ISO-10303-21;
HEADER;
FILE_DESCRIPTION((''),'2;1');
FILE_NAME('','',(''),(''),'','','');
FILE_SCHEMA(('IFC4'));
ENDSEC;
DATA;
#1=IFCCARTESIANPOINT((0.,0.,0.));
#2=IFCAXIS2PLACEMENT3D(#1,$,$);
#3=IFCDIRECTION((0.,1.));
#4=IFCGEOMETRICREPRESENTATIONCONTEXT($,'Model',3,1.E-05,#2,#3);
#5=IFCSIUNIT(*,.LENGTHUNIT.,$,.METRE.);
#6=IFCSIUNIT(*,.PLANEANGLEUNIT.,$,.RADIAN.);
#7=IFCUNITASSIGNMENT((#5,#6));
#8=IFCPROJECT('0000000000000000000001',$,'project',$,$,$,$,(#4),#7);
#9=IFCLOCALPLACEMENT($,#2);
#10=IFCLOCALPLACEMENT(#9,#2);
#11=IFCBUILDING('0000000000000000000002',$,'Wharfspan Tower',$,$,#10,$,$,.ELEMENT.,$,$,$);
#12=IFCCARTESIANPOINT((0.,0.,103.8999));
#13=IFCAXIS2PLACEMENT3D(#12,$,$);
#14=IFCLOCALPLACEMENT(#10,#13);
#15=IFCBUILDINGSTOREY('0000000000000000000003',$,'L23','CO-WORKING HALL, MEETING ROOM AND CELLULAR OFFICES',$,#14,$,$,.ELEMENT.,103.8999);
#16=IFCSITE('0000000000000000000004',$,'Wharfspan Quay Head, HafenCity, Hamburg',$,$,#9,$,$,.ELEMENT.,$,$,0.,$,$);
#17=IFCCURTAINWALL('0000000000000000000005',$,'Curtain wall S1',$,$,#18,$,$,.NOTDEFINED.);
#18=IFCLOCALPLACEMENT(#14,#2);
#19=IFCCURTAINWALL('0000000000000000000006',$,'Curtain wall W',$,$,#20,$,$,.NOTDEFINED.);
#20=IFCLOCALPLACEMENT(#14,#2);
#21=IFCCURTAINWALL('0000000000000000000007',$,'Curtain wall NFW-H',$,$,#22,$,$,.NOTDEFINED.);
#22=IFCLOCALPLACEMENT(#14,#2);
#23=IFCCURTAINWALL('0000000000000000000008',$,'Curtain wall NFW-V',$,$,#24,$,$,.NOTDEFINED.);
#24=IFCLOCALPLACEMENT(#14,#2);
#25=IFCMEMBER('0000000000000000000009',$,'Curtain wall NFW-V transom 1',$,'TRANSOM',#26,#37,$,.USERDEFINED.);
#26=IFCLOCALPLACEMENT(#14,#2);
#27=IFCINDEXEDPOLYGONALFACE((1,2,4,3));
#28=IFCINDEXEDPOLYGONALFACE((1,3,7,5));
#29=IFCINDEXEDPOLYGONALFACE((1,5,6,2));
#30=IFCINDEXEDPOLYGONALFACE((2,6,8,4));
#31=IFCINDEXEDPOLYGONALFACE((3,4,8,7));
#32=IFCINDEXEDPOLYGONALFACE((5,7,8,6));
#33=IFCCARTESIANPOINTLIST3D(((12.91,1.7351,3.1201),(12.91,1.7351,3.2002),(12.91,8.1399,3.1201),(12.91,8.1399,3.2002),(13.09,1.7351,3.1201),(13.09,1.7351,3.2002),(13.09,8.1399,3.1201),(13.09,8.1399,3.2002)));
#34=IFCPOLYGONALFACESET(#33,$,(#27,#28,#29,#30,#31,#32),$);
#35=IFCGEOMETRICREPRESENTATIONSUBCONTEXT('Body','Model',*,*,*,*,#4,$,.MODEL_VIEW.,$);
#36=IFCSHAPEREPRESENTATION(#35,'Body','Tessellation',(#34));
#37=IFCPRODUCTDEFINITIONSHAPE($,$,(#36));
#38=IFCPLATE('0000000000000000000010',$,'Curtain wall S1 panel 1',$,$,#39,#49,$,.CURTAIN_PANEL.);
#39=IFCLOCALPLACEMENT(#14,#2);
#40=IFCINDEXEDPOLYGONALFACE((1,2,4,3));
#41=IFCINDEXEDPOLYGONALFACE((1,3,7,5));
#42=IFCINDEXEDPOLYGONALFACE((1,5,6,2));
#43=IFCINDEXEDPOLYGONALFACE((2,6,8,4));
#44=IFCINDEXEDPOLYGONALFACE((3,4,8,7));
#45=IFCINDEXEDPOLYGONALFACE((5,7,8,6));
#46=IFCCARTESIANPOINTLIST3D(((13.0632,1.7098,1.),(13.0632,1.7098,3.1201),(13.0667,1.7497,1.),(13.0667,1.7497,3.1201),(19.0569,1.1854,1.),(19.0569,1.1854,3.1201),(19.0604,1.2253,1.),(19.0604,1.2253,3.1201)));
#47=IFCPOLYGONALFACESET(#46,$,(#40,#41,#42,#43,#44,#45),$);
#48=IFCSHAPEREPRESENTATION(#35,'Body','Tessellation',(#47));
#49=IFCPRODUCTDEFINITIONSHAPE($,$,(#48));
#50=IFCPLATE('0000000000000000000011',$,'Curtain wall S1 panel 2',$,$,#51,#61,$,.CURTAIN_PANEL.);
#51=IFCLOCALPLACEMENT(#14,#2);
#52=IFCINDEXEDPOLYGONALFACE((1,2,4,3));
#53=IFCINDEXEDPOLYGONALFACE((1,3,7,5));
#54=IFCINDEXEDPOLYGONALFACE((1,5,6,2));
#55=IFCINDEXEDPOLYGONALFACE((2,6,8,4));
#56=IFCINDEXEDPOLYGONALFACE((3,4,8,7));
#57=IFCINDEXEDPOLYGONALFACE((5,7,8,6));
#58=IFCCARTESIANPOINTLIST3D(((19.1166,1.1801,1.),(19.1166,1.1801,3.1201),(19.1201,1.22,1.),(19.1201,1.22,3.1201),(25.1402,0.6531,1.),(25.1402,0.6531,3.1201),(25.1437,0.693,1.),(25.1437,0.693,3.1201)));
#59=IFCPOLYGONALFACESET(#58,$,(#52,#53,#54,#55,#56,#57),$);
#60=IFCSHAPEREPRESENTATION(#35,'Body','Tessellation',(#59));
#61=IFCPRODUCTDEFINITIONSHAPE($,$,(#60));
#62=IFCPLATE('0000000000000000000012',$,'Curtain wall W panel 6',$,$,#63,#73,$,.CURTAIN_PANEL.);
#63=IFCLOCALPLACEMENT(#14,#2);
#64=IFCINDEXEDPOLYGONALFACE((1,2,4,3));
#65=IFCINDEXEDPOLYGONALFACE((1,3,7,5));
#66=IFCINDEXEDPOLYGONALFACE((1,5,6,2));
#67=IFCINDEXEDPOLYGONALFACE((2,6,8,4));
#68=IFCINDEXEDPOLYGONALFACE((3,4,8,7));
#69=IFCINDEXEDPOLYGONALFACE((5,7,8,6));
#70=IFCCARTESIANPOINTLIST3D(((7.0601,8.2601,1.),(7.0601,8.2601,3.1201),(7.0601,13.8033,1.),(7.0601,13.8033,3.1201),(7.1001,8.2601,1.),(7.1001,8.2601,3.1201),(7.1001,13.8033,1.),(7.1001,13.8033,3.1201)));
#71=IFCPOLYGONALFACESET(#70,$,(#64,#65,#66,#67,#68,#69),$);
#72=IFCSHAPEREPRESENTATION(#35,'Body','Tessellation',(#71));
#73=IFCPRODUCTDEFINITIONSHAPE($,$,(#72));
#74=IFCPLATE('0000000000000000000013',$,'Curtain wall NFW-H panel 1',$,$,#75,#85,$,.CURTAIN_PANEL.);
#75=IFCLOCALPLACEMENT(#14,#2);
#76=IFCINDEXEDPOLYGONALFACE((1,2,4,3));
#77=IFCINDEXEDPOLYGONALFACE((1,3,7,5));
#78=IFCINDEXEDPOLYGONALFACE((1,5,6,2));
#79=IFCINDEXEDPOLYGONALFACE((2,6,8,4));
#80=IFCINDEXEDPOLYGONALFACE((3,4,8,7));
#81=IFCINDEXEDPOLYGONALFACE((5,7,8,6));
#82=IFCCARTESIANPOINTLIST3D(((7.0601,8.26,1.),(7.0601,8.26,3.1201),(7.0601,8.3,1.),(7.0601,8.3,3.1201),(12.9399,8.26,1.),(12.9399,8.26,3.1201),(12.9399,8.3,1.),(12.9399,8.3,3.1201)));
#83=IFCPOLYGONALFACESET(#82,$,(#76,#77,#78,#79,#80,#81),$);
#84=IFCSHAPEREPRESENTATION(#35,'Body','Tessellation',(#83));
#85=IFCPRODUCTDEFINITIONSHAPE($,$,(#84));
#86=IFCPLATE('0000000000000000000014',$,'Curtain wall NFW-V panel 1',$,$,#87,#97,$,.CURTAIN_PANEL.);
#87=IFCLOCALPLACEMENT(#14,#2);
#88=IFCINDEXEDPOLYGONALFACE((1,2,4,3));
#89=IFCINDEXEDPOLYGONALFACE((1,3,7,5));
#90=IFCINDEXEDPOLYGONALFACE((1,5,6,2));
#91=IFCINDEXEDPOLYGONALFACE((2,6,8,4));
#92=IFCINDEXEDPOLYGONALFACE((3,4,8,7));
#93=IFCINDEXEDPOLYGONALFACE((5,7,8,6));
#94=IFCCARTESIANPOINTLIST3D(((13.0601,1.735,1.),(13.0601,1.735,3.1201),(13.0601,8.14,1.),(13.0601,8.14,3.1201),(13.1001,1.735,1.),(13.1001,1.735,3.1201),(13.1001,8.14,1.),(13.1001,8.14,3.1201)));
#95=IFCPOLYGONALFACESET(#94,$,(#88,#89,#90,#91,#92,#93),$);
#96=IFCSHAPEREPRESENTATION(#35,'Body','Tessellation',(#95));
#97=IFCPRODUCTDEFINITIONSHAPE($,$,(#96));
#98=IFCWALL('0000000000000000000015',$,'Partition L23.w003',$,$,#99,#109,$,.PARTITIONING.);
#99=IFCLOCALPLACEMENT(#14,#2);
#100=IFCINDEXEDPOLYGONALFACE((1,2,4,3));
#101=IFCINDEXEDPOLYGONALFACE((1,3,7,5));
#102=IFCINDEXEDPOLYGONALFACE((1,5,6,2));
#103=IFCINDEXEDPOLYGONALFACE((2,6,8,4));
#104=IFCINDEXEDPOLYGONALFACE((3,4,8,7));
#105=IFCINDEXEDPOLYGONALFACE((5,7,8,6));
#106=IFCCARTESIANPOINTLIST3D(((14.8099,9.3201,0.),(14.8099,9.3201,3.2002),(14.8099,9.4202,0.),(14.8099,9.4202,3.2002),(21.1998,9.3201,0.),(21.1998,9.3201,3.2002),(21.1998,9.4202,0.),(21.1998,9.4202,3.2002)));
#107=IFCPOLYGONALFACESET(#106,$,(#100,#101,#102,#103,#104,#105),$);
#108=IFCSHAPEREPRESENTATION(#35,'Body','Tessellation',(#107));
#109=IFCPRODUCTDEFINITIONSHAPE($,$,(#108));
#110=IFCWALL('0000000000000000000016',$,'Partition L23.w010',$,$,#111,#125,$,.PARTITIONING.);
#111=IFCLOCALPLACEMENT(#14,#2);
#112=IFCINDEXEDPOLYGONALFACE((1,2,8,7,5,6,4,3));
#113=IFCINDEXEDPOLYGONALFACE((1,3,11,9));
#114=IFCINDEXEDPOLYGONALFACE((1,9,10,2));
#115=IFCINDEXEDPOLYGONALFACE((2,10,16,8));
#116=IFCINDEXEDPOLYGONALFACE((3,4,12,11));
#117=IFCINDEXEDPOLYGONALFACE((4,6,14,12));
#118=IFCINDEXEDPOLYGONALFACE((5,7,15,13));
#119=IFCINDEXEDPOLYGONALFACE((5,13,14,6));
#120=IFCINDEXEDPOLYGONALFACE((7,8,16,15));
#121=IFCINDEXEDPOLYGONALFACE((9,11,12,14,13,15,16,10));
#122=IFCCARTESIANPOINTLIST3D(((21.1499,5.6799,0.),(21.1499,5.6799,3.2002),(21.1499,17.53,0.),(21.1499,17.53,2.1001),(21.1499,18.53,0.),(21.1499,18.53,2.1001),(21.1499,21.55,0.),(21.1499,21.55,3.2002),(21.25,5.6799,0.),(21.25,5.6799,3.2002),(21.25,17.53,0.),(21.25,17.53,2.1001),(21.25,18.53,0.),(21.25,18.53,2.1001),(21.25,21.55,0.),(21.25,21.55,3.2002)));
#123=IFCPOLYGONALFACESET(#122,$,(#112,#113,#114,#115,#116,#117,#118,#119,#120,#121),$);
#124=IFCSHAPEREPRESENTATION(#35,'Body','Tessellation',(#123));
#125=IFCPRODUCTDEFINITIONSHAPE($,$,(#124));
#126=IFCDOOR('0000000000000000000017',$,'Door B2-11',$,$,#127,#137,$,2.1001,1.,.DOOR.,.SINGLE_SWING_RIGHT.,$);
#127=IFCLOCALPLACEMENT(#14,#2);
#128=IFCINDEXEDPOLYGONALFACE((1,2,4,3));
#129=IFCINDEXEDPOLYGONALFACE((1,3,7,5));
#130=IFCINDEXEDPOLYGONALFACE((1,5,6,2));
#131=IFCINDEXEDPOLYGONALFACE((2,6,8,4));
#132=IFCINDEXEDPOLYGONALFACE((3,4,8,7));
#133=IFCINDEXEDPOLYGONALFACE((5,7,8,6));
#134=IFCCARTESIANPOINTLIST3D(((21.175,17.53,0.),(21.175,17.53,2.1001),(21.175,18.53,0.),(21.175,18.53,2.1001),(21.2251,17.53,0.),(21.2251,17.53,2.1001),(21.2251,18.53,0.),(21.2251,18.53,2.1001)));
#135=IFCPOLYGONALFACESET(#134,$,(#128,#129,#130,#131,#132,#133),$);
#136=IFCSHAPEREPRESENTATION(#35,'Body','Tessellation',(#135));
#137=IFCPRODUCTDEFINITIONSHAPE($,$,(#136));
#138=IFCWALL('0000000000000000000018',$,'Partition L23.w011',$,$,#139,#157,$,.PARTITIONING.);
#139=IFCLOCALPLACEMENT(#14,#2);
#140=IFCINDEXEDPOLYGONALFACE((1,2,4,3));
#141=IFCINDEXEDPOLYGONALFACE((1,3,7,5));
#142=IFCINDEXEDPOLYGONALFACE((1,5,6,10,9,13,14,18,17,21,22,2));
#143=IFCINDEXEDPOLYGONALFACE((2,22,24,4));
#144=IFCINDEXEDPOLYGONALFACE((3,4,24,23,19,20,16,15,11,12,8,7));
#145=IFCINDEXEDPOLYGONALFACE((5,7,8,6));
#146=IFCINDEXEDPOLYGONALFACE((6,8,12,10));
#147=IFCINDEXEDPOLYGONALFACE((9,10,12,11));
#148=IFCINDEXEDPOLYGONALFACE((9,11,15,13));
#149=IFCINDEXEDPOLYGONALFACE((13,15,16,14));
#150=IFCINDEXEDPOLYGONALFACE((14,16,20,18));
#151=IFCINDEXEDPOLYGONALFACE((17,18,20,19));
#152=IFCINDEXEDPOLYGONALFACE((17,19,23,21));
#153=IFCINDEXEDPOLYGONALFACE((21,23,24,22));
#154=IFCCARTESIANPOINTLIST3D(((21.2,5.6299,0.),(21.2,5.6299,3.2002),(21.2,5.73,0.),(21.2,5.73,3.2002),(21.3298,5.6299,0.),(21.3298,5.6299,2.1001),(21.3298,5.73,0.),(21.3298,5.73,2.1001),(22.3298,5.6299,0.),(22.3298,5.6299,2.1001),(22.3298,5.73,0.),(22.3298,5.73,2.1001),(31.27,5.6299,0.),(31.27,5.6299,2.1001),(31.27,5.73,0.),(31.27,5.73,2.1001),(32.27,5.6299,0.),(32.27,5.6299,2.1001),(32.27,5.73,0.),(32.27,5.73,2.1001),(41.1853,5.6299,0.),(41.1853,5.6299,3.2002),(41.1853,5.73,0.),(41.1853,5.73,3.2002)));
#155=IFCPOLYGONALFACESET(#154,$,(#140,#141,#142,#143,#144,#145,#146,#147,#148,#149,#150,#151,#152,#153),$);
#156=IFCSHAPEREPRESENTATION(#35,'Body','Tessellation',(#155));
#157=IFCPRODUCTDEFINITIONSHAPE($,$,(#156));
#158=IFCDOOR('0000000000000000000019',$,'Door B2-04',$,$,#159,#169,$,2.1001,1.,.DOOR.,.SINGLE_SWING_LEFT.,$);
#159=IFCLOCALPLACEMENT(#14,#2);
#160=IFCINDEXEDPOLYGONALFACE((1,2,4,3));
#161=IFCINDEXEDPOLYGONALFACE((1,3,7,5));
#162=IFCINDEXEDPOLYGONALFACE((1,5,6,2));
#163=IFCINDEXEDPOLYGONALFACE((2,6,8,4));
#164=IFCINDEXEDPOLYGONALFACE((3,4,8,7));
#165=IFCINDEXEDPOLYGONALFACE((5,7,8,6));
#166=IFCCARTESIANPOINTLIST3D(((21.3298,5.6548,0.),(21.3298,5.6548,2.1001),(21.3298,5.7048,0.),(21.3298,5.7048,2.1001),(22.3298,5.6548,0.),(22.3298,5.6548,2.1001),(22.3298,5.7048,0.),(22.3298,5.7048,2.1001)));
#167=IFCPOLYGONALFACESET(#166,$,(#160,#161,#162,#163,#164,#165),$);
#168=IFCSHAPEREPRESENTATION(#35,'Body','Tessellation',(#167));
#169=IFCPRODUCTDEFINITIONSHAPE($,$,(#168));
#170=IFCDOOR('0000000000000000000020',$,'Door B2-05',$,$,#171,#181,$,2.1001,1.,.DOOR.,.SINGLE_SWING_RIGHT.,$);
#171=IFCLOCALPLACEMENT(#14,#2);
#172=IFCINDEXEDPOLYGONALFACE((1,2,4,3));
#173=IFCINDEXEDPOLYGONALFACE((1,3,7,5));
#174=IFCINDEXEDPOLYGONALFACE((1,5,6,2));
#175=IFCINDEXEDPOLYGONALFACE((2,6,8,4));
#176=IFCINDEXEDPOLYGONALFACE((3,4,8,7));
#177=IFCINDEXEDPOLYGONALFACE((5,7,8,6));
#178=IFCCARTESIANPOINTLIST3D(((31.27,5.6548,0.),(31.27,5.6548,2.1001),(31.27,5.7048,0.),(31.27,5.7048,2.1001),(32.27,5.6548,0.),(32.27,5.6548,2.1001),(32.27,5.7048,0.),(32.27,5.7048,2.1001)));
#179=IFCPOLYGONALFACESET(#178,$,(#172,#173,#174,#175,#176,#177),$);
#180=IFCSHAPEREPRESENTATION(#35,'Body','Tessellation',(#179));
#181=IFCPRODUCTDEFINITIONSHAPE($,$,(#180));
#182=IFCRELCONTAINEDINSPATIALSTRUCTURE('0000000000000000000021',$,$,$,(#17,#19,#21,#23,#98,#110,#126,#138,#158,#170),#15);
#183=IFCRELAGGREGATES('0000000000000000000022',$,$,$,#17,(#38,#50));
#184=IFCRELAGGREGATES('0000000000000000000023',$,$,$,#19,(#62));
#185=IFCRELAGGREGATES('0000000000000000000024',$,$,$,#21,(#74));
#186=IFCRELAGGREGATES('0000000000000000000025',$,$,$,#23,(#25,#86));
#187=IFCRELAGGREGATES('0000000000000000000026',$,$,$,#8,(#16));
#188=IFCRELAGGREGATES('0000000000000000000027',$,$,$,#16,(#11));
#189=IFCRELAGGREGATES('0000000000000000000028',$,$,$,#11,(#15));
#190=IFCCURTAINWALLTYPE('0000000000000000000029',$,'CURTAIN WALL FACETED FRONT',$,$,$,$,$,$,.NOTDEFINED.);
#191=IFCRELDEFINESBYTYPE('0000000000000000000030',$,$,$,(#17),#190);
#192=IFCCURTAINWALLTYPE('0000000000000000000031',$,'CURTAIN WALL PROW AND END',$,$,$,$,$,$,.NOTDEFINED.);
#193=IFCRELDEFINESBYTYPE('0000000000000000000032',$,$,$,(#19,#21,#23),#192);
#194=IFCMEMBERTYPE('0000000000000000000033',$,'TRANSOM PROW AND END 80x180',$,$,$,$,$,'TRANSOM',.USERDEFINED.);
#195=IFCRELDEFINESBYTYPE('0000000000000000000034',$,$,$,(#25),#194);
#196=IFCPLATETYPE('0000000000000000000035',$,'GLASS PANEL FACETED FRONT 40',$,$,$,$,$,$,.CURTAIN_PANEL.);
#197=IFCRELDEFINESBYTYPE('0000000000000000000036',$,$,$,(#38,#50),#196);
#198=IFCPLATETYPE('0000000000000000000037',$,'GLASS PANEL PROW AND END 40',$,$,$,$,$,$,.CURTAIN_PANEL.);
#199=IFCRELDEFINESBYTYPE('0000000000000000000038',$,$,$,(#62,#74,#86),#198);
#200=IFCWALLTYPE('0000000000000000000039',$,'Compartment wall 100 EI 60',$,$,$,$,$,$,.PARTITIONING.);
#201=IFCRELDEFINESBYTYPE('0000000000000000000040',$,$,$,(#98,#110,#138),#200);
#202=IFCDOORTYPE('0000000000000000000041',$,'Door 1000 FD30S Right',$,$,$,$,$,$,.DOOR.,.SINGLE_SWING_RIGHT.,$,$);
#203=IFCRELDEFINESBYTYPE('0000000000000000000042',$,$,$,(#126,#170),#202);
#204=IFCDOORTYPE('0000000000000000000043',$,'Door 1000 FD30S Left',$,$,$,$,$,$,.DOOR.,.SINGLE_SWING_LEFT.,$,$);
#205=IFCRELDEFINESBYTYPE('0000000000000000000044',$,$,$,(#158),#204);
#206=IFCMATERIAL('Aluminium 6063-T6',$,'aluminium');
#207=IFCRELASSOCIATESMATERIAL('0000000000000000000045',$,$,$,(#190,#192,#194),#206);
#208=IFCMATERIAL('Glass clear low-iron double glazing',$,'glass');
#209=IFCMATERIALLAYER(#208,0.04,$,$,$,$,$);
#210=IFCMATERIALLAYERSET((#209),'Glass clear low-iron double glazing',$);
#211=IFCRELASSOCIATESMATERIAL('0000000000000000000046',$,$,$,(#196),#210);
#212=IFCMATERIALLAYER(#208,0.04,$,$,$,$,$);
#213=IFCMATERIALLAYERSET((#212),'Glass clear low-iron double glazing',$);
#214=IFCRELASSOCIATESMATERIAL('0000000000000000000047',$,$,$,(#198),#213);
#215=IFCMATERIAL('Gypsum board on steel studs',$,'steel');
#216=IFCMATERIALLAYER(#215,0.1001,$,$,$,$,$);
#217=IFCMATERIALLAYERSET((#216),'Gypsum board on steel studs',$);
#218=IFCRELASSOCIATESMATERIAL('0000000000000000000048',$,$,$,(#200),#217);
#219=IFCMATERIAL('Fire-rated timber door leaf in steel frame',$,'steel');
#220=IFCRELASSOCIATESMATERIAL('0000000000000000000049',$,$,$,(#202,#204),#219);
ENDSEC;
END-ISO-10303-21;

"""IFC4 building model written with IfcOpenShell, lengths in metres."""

from ifc_helpers import new_model, si_unit, direction, frame, frame_2d, origin, origin_2d, place, context, subcontext, project, spatial, rectangle, extrude, material, layer, layer_set, material_profile, profile_set, type_object, element, fill, aggregate, save


model = new_model("IFC4")

# Units and contexts
model_context = context("Model", 3, precision=1e-05, world=origin(), true_north=direction((0.0, 1.0)))
body_context = subcontext(model_context, "Body", "Model", "MODEL_VIEW")
ifc_project = project(units=[si_unit("LENGTHUNIT", "METRE"), si_unit("PLANEANGLEUNIT", "RADIAN")], contexts=[model_context])

# Site, building, storey
site_placement = place(None, origin())
site = spatial("IfcSite", under=ifc_project, at=site_placement, Name="Wharfspan Quay Head, HafenCity, Hamburg", CompositionType="ELEMENT", RefElevation=0.0)
building_placement = place(site_placement, origin())
building = spatial("IfcBuilding", under=site, at=building_placement, Name="Wharfspan Tower", CompositionType="ELEMENT")
storey_placement = place(building_placement, frame((0.0, 0.0, 103.8999)))
storey = spatial("IfcBuildingStorey", under=building, at=storey_placement, Name="L23", Description="CO-WORKING HALL, MEETING ROOM AND CELLULAR OFFICES", CompositionType="ELEMENT", Elevation=103.8999)

# Curtain wall
ifc_material_1 = material(Name="Aluminium 6063-T6", Category="aluminium")
curtain_wall_type_1 = type_object("IfcCurtainWallType", Name="CURTAIN WALL FACETED FRONT", PredefinedType="NOTDEFINED", material=ifc_material_1)
curtain_wall_1_placement = place(storey_placement, origin())
curtain_wall_1 = element("IfcCurtainWall", 1, at=curtain_wall_1_placement, inside=storey, type_object=curtain_wall_type_1, Name="Curtain wall S1", PredefinedType="NOTDEFINED")

# Curtain wall
curtain_wall_type_2 = type_object("IfcCurtainWallType", Name="CURTAIN WALL PROW AND END", PredefinedType="NOTDEFINED", material=ifc_material_1)
curtain_wall_2_placement = place(storey_placement, origin())
curtain_wall_2 = element("IfcCurtainWall", 2, at=curtain_wall_2_placement, inside=storey, type_object=curtain_wall_type_2, Name="Curtain wall W", PredefinedType="NOTDEFINED")

# Curtain walls
curtain_wall_3_placement = place(storey_placement, origin())
curtain_wall_3 = element("IfcCurtainWall", 3, at=curtain_wall_3_placement, inside=storey, type_object=curtain_wall_type_2, Name="Curtain wall NFW-H", PredefinedType="NOTDEFINED")
curtain_wall_4_placement = place(storey_placement, origin())
curtain_wall_4 = element("IfcCurtainWall", 4, at=curtain_wall_4_placement, inside=storey, type_object=curtain_wall_type_2, Name="Curtain wall NFW-V", PredefinedType="NOTDEFINED")

# Member
ifc_material_profile_1 = material_profile(ifc_material_1, rectangle(XDim=0.1799, YDim=0.0801, at=origin_2d()))
ifc_profile_set_1 = profile_set([ifc_material_profile_1], Name="Aluminium 6063-T6")
member_type_1 = type_object("IfcMemberType", Name="TRANSOM PROW AND END 80x180", ElementType="TRANSOM", PredefinedType="USERDEFINED", material=ifc_profile_set_1)
member_1_placement = place(storey_placement, frame((13.0, 8.1399, 3.1602), z_axis=(0.0, -1.0, 0.0), x_axis=(1.0, 0.0, 0.0)))
member_1 = element("IfcMember", 5, at=member_1_placement, type_object=member_type_1, Name="Curtain wall NFW-V transom 1", ObjectType="TRANSOM", PredefinedType="USERDEFINED", context=body_context, shape_type="SweptSolid", body=[
    extrude(rectangle(XDim=0.1799, YDim=0.0801, at=origin_2d()), origin(), (0.0, 0.0, 1.0), 6.4048),
])

# Plates
ifc_material_2 = material(Name="Glass clear low-iron double glazing", Category="glass")
ifc_layer_1 = layer(ifc_material_2, 0.04)
ifc_layer_set_1 = layer_set([ifc_layer_1], Name="Glass clear low-iron double glazing")
plate_type_1 = type_object("IfcPlateType", Name="GLASS PANEL FACETED FRONT 40", PredefinedType="CURTAIN_PANEL", material=ifc_layer_set_1)
plate_1_placement = place(storey_placement, frame((16.0618, 1.4675, 1.0), z_axis=(0.0, 0.0, 1.0), x_axis=(0.996198, -0.087156, 0.0)))
plate_1 = element("IfcPlate", 6, at=plate_1_placement, type_object=plate_type_1, Name="Curtain wall S1 panel 1", PredefinedType="CURTAIN_PANEL", context=body_context, shape_type="SweptSolid", body=[
    extrude(rectangle(XDim=6.0166, YDim=0.04, at=origin_2d()), origin(), (0.0, 0.0, 1.0), 2.1201),
])
plate_2_placement = place(storey_placement, frame((22.1301, 0.9365, 1.0), z_axis=(0.0, 0.0, 1.0), x_axis=(0.996198, -0.087156, 0.0)))
plate_2 = element("IfcPlate", 7, at=plate_2_placement, type_object=plate_type_1, Name="Curtain wall S1 panel 2", PredefinedType="CURTAIN_PANEL", context=body_context, shape_type="SweptSolid", body=[
    extrude(rectangle(XDim=6.0466, YDim=0.04, at=origin_2d()), origin(), (0.0, 0.0, 1.0), 2.1201),
])
aggregate(curtain_wall_1, [plate_1, plate_2])
ifc_layer_2 = layer(ifc_material_2, 0.04)
ifc_layer_set_2 = layer_set([ifc_layer_2], Name="Glass clear low-iron double glazing")
plate_type_2 = type_object("IfcPlateType", Name="GLASS PANEL PROW AND END 40", PredefinedType="CURTAIN_PANEL", material=ifc_layer_set_2)
plate_3_placement = place(storey_placement, frame((7.0801, 11.0317, 1.0), z_axis=(0.0, 0.0, 1.0), x_axis=(0.0, -1.0, 0.0)))
plate_3 = element("IfcPlate", 8, at=plate_3_placement, type_object=plate_type_2, Name="Curtain wall W panel 6", PredefinedType="CURTAIN_PANEL", context=body_context, shape_type="SweptSolid", body=[
    extrude(rectangle(XDim=5.5432, YDim=0.04, at=origin_2d()), origin(), (0.0, 0.0, 1.0), 2.1201),
])
aggregate(curtain_wall_2, [plate_3])
plate_4_placement = place(storey_placement, frame((10.0, 8.28, 1.0), z_axis=(0.0, 0.0, 1.0), x_axis=(1.0, 0.0, 0.0)))
plate_4 = element("IfcPlate", 9, at=plate_4_placement, type_object=plate_type_2, Name="Curtain wall NFW-H panel 1", PredefinedType="CURTAIN_PANEL", context=body_context, shape_type="SweptSolid", body=[
    extrude(rectangle(XDim=5.8799, YDim=0.04, at=origin_2d()), origin(), (0.0, 0.0, 1.0), 2.1201),
])
aggregate(curtain_wall_3, [plate_4])
plate_5_placement = place(storey_placement, frame((13.0801, 4.9375, 1.0), z_axis=(0.0, 0.0, 1.0), x_axis=(0.0, -1.0, 0.0)))
plate_5 = element("IfcPlate", 10, at=plate_5_placement, type_object=plate_type_2, Name="Curtain wall NFW-V panel 1", PredefinedType="CURTAIN_PANEL", context=body_context, shape_type="SweptSolid", body=[
    extrude(rectangle(XDim=6.405, YDim=0.04, at=origin_2d()), origin(), (0.0, 0.0, 1.0), 2.1201),
])
aggregate(curtain_wall_4, [member_1, plate_5])

# Wall
ifc_material_3 = material(Name="Gypsum board on steel studs", Category="steel")
ifc_layer_3 = layer(ifc_material_3, 0.1001)
ifc_layer_set_3 = layer_set([ifc_layer_3], Name="Gypsum board on steel studs")
wall_type_1 = type_object("IfcWallType", Name="Compartment wall 100 EI 60", PredefinedType="PARTITIONING", material=ifc_layer_set_3)
wall_1_placement = place(storey_placement, frame((14.8101, 9.3701, 0.0), z_axis=(0.0, 0.0, 1.0), x_axis=(1.0, 0.0, 0.0)))
element("IfcWall", 11, at=wall_1_placement, inside=storey, type_object=wall_type_1, Name="Partition L23.w003", PredefinedType="PARTITIONING", context=body_context, shape_type="SweptSolid", body=[
    extrude(rectangle(XDim=6.3899, YDim=0.1001, at=frame_2d((3.1948, 0.0))), origin(), (0.0, 0.0, 1.0), 3.2002),
])

# Wall, opening, door
wall_2_placement = place(storey_placement, frame((21.2, 5.6799, 0.0), z_axis=(0.0, 0.0, 1.0), x_axis=(0.0, 1.0, 0.0)))
wall_2 = element("IfcWall", 12, at=wall_2_placement, inside=storey, type_object=wall_type_1, Name="Partition L23.w010", PredefinedType="PARTITIONING", context=body_context, shape_type="SweptSolid", body=[
    extrude(rectangle(XDim=15.8701, YDim=0.1001, at=frame_2d((7.9351, 0.0))), origin(), (0.0, 0.0, 1.0), 3.2002),
])
opening_1_placement = place(wall_2_placement, frame((11.8501, 0.0, 0.0)))
opening_1 = element("IfcOpeningElement", 13, at=opening_1_placement, cuts=wall_2, PredefinedType="OPENING", context=body_context, shape_type="SweptSolid", body=[
    extrude(rectangle(XDim=1.0, YDim=2.1001, at=frame_2d((0.5, 1.05))), frame((0.0, 0.0601, 0.0), z_axis=(0.0, -1.0, 0.0), x_axis=(1.0, 0.0, 0.0)), (0.0, 0.0, 1.0), 0.1201),
])
ifc_material_4 = material(Name="Fire-rated timber door leaf in steel frame", Category="steel")
door_type_1 = type_object("IfcDoorType", Name="Door 1000 FD30S Right", OperationType="SINGLE_SWING_RIGHT", PredefinedType="DOOR", material=ifc_material_4)
door_1_placement = place(opening_1_placement, origin())
door_1 = element("IfcDoor", 14, at=door_1_placement, inside=storey, type_object=door_type_1, Name="Door B2-11", OperationType="SINGLE_SWING_RIGHT", OverallHeight=2.1001, OverallWidth=1.0, PredefinedType="DOOR", context=body_context, shape_type="SweptSolid", body=[
    extrude(rectangle(XDim=1.0, YDim=2.1001, at=frame_2d((0.5, 1.05))), frame((0.0, 0.0249, 0.0), z_axis=(0.0, -1.0, 0.0), x_axis=(1.0, 0.0, 0.0)), (0.0, 0.0, 1.0), 0.05),
])
fill(opening_1, door_1)

# Wall, openings, doors
wall_3_placement = place(storey_placement, frame((21.2, 5.6799, 0.0), z_axis=(0.0, 0.0, 1.0), x_axis=(1.0, 0.0, 0.0)))
wall_3 = element("IfcWall", 15, at=wall_3_placement, inside=storey, type_object=wall_type_1, Name="Partition L23.w011", PredefinedType="PARTITIONING", context=body_context, shape_type="SweptSolid", body=[
    extrude(rectangle(XDim=19.9854, YDim=0.1001, at=frame_2d((9.9927, 0.0))), origin(), (0.0, 0.0, 1.0), 3.2002),
])
opening_2_placement = place(wall_3_placement, frame((0.1299, 0.0, 0.0)))
opening_2 = element("IfcOpeningElement", 16, at=opening_2_placement, cuts=wall_3, PredefinedType="OPENING", context=body_context, shape_type="SweptSolid", body=[
    extrude(rectangle(XDim=1.0, YDim=2.1001, at=frame_2d((0.5, 1.05))), frame((0.0, 0.0601, 0.0), z_axis=(0.0, -1.0, 0.0), x_axis=(1.0, 0.0, 0.0)), (0.0, 0.0, 1.0), 0.1201),
])
opening_3_placement = place(wall_3_placement, frame((10.0701, 0.0, 0.0)))
opening_3 = element("IfcOpeningElement", 17, at=opening_3_placement, cuts=wall_3, PredefinedType="OPENING", context=body_context, shape_type="SweptSolid", body=[
    extrude(rectangle(XDim=1.0, YDim=2.1001, at=frame_2d((0.5, 1.05))), frame((0.0, 0.0601, 0.0), z_axis=(0.0, -1.0, 0.0), x_axis=(1.0, 0.0, 0.0)), (0.0, 0.0, 1.0), 0.1201),
])
door_type_2 = type_object("IfcDoorType", Name="Door 1000 FD30S Left", OperationType="SINGLE_SWING_LEFT", PredefinedType="DOOR", material=ifc_material_4)
door_2_placement = place(opening_2_placement, origin())
door_2 = element("IfcDoor", 18, at=door_2_placement, inside=storey, type_object=door_type_2, Name="Door B2-04", OperationType="SINGLE_SWING_LEFT", OverallHeight=2.1001, OverallWidth=1.0, PredefinedType="DOOR", context=body_context, shape_type="SweptSolid", body=[
    extrude(rectangle(XDim=1.0, YDim=2.1001, at=frame_2d((0.5, 1.05))), frame((0.0, 0.0249, 0.0), z_axis=(0.0, -1.0, 0.0), x_axis=(1.0, 0.0, 0.0)), (0.0, 0.0, 1.0), 0.05),
])
fill(opening_2, door_2)
door_3_placement = place(opening_3_placement, origin())
door_3 = element("IfcDoor", 19, at=door_3_placement, inside=storey, type_object=door_type_1, Name="Door B2-05", OperationType="SINGLE_SWING_RIGHT", OverallHeight=2.1001, OverallWidth=1.0, PredefinedType="DOOR", context=body_context, shape_type="SweptSolid", body=[
    extrude(rectangle(XDim=1.0, YDim=2.1001, at=frame_2d((0.5, 1.05))), frame((0.0, 0.0249, 0.0), z_axis=(0.0, -1.0, 0.0), x_axis=(1.0, 0.0, 0.0)), (0.0, 0.0, 1.0), 0.05),
])
fill(opening_3, door_3)

save(model, "model.ifc")
